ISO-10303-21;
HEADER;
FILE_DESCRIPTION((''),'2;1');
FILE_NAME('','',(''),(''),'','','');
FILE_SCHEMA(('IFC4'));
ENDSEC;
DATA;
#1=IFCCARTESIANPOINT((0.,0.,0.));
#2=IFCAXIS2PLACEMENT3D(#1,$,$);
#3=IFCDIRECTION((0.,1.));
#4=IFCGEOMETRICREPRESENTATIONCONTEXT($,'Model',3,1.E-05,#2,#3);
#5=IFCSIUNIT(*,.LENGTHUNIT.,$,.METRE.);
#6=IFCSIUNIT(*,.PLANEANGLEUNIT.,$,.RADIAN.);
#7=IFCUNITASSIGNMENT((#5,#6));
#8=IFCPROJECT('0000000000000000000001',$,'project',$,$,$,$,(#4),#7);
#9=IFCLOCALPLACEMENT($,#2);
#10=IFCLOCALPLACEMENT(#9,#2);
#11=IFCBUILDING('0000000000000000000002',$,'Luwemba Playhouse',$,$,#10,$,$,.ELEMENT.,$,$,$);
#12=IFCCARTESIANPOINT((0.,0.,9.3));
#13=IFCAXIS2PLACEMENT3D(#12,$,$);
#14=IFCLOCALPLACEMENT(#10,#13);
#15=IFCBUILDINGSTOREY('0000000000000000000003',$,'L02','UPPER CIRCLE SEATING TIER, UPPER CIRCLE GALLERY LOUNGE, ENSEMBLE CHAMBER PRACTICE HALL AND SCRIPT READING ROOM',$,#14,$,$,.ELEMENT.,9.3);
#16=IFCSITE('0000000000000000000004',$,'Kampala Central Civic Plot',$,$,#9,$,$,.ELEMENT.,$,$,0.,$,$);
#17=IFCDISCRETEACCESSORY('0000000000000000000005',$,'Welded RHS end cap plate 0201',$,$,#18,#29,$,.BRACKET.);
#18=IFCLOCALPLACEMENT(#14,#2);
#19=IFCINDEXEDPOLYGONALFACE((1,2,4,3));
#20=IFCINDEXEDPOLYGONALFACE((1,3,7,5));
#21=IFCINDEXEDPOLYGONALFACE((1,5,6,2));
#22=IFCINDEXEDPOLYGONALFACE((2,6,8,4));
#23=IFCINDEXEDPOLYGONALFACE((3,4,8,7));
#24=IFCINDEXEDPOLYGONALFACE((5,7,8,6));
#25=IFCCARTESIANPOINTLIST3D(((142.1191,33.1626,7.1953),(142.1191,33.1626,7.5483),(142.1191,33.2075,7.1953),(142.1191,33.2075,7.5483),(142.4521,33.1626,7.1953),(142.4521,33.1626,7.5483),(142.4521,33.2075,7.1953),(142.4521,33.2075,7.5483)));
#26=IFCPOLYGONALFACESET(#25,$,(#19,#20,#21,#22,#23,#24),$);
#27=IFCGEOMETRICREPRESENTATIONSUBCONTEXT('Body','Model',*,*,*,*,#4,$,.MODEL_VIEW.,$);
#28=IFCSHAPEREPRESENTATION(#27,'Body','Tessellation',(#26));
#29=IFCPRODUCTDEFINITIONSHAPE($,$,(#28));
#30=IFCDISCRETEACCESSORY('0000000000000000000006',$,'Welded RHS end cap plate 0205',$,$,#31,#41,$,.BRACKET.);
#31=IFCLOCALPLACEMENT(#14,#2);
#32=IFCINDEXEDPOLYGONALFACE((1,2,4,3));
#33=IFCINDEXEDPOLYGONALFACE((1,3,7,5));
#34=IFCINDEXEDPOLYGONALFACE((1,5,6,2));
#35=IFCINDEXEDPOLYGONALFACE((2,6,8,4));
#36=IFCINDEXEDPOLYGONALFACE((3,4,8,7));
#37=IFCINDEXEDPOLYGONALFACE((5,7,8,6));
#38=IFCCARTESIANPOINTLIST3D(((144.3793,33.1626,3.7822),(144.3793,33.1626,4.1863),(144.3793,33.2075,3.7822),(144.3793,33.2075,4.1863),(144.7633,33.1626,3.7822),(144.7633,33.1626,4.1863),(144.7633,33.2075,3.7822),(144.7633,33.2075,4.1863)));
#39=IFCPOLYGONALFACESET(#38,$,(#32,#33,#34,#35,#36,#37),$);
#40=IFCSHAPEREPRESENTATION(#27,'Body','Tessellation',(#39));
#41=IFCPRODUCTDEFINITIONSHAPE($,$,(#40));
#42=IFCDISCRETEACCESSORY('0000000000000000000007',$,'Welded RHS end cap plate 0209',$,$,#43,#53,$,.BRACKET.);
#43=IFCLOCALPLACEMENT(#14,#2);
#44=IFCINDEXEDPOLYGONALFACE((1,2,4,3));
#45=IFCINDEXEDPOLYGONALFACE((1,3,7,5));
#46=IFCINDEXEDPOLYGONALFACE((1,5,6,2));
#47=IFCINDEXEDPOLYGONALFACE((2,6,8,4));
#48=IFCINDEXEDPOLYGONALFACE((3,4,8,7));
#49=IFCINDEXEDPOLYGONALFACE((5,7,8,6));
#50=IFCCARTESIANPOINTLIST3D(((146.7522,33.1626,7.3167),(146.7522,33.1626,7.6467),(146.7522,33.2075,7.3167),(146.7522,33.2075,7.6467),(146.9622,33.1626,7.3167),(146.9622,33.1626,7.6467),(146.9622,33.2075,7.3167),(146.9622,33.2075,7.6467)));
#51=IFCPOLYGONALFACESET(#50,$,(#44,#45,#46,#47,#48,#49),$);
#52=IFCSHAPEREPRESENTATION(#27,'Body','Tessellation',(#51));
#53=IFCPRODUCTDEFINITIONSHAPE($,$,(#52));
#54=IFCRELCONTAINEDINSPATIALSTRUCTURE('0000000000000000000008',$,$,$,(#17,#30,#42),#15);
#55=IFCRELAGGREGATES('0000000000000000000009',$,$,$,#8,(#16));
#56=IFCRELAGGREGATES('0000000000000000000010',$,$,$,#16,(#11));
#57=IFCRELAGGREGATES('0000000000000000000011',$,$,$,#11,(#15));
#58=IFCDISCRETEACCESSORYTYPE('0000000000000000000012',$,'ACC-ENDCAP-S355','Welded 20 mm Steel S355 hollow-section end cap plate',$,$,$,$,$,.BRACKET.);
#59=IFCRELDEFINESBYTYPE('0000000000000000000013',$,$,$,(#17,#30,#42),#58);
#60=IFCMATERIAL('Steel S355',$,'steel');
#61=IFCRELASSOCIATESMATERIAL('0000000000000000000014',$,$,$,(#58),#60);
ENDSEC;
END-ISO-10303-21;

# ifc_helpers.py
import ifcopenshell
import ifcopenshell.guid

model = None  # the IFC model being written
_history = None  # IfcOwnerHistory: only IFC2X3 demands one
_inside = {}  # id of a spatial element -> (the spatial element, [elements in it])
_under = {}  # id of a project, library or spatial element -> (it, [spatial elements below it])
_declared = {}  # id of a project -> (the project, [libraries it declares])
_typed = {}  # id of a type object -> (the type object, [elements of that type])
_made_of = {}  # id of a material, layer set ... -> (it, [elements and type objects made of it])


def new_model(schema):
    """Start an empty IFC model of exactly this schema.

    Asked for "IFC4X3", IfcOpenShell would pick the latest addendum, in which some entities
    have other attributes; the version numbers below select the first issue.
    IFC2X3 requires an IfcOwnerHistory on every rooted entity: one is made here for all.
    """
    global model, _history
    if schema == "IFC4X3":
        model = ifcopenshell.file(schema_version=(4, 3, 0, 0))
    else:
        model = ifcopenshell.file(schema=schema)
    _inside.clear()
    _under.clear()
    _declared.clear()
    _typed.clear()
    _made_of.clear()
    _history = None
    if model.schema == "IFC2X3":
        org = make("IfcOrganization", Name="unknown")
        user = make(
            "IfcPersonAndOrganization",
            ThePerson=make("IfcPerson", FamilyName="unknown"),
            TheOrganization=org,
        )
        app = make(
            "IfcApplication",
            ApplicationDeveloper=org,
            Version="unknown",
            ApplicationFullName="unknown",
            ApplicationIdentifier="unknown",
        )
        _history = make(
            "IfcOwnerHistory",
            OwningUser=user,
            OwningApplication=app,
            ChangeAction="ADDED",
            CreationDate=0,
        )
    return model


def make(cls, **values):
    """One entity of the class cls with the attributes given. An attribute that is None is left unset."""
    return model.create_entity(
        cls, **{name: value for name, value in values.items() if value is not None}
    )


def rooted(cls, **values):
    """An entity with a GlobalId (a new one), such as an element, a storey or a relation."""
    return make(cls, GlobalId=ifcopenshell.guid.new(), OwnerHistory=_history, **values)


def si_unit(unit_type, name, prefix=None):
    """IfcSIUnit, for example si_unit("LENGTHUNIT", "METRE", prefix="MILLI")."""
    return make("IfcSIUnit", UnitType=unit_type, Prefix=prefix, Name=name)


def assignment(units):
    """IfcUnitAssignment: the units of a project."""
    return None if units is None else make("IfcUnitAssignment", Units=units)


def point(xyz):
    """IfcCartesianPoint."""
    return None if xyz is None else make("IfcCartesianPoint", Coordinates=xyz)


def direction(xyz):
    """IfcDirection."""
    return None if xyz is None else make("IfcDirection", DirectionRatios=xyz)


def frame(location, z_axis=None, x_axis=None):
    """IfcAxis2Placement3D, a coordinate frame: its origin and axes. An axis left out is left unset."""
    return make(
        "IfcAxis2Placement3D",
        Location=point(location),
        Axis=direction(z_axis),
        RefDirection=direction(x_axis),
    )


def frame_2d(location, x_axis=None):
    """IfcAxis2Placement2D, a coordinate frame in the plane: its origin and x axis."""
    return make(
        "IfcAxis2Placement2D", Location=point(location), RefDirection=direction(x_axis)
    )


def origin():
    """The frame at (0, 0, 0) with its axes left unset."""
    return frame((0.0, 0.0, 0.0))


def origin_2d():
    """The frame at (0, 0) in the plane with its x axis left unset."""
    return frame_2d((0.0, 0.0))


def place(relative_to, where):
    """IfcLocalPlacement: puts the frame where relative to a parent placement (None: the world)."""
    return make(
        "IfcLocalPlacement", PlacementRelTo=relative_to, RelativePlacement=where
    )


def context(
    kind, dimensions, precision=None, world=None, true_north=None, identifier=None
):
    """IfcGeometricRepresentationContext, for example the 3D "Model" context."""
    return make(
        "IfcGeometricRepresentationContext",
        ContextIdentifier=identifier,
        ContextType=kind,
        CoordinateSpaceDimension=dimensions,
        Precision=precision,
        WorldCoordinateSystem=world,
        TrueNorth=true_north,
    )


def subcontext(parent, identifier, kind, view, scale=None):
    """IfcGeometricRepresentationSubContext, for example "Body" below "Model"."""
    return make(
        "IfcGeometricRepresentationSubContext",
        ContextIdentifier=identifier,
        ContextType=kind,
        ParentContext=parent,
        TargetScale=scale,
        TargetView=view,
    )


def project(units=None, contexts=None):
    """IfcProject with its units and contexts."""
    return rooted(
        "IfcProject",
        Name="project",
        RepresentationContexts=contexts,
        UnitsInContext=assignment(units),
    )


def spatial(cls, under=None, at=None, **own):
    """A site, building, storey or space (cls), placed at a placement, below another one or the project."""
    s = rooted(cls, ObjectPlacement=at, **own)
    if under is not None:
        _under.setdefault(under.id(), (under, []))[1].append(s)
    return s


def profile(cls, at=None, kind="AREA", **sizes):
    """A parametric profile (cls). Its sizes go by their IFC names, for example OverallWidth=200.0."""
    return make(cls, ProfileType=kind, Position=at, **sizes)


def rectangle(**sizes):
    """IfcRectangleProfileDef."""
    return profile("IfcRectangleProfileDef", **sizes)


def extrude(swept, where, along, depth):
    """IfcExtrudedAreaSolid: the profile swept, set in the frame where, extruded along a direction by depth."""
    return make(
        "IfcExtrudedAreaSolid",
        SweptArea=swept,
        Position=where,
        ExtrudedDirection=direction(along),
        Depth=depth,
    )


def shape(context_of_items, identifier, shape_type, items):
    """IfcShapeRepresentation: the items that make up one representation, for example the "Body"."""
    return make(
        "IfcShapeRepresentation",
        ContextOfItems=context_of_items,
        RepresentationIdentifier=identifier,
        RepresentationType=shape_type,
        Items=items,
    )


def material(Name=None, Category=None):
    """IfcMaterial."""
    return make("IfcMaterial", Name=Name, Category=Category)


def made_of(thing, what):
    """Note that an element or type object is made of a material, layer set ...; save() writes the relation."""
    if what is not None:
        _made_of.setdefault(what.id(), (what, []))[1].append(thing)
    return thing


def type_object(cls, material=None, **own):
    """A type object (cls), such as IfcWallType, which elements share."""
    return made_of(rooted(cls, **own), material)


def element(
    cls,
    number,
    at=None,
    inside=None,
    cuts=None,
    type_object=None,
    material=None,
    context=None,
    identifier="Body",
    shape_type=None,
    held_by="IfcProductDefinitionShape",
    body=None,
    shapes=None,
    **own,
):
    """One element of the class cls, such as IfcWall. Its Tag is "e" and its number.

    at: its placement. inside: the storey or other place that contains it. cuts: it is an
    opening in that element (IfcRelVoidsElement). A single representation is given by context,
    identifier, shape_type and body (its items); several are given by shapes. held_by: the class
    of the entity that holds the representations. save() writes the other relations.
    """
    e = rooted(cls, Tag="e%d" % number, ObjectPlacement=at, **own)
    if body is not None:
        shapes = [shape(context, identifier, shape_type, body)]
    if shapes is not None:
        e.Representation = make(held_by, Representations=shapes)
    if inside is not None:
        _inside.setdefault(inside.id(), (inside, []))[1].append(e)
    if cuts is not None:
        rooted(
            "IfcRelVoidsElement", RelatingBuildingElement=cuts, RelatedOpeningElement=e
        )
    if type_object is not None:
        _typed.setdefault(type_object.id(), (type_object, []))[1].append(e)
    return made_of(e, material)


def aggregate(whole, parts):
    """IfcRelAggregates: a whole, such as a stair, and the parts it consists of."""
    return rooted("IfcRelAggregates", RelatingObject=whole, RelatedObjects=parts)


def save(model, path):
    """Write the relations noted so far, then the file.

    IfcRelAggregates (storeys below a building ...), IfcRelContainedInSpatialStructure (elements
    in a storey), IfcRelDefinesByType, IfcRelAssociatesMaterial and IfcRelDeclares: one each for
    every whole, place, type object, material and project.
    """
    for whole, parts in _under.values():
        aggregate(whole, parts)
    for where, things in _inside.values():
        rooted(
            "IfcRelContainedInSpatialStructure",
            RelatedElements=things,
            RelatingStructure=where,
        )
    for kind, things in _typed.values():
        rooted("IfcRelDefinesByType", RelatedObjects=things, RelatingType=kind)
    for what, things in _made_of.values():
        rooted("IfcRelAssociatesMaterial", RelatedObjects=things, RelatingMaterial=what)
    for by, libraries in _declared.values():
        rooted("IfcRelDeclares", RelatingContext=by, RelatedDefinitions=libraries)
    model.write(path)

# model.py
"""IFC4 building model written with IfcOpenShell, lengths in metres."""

from ifc_helpers import new_model, si_unit, direction, frame, origin, origin_2d, place, context, subcontext, project, spatial, rectangle, extrude, material, type_object, element, save


model = new_model("IFC4")

# Units and contexts
model_context = context("Model", 3, precision=1e-05, world=origin(), true_north=direction((0.0, 1.0)))
body_context = subcontext(model_context, "Body", "Model", "MODEL_VIEW")
ifc_project = project(units=[si_unit("LENGTHUNIT", "METRE"), si_unit("PLANEANGLEUNIT", "RADIAN")], contexts=[model_context])

# Site, building, storey
site_placement = place(None, origin())
site = spatial("IfcSite", under=ifc_project, at=site_placement, Name="Kampala Central Civic Plot", CompositionType="ELEMENT", RefElevation=0.0)
building_placement = place(site_placement, origin())
building = spatial("IfcBuilding", under=site, at=building_placement, Name="Luwemba Playhouse", CompositionType="ELEMENT")
storey_placement = place(building_placement, frame((0.0, 0.0, 9.3)))
storey = spatial("IfcBuildingStorey", under=building, at=storey_placement, Name="L02", Description="UPPER CIRCLE SEATING TIER, UPPER CIRCLE GALLERY LOUNGE, ENSEMBLE CHAMBER PRACTICE HALL AND SCRIPT READING ROOM", CompositionType="ELEMENT", Elevation=9.3)

# Shared definitions
ifc_material_1 = material(Name="Steel S355", Category="steel")

# Discrete accessories
discrete_accessory_type = type_object("IfcDiscreteAccessoryType", Name="ACC-ENDCAP-S355", Description="Welded 20 mm Steel S355 hollow-section end cap plate", PredefinedType="BRACKET", material=ifc_material_1)
discrete_accessory_1_placement = place(storey_placement, frame((142.2856, 33.1851, 7.1953), z_axis=(0.0, 0.0, 1.0), x_axis=(1.0, 0.0, 0.0)))
element("IfcDiscreteAccessory", 1, at=discrete_accessory_1_placement, inside=storey, type_object=discrete_accessory_type, Name="Welded RHS end cap plate 0201", PredefinedType="BRACKET", context=body_context, shape_type="SweptSolid", body=[
    extrude(rectangle(XDim=0.333, YDim=0.0449, at=origin_2d()), origin(), (0.0, 0.0, 1.0), 0.353),
])
discrete_accessory_2_placement = place(storey_placement, frame((144.5713, 33.1851, 3.7822), z_axis=(0.0, 0.0, 1.0), x_axis=(1.0, 0.0, 0.0)))
element("IfcDiscreteAccessory", 2, at=discrete_accessory_2_placement, inside=storey, type_object=discrete_accessory_type, Name="Welded RHS end cap plate 0205", PredefinedType="BRACKET", context=body_context, shape_type="SweptSolid", body=[
    extrude(rectangle(XDim=0.384, YDim=0.0449, at=origin_2d()), origin(), (0.0, 0.0, 1.0), 0.4041),
])
discrete_accessory_3_placement = place(storey_placement, frame((146.8572, 33.1851, 7.3167), z_axis=(0.0, 0.0, 1.0), x_axis=(1.0, 0.0, 0.0)))
element("IfcDiscreteAccessory", 3, at=discrete_accessory_3_placement, inside=storey, type_object=discrete_accessory_type, Name="Welded RHS end cap plate 0209", PredefinedType="BRACKET", context=body_context, shape_type="SweptSolid", body=[
    extrude(rectangle(XDim=0.21, YDim=0.0449, at=origin_2d()), origin(), (0.0, 0.0, 1.0), 0.3301),
])

save(model, "model.ifc")
